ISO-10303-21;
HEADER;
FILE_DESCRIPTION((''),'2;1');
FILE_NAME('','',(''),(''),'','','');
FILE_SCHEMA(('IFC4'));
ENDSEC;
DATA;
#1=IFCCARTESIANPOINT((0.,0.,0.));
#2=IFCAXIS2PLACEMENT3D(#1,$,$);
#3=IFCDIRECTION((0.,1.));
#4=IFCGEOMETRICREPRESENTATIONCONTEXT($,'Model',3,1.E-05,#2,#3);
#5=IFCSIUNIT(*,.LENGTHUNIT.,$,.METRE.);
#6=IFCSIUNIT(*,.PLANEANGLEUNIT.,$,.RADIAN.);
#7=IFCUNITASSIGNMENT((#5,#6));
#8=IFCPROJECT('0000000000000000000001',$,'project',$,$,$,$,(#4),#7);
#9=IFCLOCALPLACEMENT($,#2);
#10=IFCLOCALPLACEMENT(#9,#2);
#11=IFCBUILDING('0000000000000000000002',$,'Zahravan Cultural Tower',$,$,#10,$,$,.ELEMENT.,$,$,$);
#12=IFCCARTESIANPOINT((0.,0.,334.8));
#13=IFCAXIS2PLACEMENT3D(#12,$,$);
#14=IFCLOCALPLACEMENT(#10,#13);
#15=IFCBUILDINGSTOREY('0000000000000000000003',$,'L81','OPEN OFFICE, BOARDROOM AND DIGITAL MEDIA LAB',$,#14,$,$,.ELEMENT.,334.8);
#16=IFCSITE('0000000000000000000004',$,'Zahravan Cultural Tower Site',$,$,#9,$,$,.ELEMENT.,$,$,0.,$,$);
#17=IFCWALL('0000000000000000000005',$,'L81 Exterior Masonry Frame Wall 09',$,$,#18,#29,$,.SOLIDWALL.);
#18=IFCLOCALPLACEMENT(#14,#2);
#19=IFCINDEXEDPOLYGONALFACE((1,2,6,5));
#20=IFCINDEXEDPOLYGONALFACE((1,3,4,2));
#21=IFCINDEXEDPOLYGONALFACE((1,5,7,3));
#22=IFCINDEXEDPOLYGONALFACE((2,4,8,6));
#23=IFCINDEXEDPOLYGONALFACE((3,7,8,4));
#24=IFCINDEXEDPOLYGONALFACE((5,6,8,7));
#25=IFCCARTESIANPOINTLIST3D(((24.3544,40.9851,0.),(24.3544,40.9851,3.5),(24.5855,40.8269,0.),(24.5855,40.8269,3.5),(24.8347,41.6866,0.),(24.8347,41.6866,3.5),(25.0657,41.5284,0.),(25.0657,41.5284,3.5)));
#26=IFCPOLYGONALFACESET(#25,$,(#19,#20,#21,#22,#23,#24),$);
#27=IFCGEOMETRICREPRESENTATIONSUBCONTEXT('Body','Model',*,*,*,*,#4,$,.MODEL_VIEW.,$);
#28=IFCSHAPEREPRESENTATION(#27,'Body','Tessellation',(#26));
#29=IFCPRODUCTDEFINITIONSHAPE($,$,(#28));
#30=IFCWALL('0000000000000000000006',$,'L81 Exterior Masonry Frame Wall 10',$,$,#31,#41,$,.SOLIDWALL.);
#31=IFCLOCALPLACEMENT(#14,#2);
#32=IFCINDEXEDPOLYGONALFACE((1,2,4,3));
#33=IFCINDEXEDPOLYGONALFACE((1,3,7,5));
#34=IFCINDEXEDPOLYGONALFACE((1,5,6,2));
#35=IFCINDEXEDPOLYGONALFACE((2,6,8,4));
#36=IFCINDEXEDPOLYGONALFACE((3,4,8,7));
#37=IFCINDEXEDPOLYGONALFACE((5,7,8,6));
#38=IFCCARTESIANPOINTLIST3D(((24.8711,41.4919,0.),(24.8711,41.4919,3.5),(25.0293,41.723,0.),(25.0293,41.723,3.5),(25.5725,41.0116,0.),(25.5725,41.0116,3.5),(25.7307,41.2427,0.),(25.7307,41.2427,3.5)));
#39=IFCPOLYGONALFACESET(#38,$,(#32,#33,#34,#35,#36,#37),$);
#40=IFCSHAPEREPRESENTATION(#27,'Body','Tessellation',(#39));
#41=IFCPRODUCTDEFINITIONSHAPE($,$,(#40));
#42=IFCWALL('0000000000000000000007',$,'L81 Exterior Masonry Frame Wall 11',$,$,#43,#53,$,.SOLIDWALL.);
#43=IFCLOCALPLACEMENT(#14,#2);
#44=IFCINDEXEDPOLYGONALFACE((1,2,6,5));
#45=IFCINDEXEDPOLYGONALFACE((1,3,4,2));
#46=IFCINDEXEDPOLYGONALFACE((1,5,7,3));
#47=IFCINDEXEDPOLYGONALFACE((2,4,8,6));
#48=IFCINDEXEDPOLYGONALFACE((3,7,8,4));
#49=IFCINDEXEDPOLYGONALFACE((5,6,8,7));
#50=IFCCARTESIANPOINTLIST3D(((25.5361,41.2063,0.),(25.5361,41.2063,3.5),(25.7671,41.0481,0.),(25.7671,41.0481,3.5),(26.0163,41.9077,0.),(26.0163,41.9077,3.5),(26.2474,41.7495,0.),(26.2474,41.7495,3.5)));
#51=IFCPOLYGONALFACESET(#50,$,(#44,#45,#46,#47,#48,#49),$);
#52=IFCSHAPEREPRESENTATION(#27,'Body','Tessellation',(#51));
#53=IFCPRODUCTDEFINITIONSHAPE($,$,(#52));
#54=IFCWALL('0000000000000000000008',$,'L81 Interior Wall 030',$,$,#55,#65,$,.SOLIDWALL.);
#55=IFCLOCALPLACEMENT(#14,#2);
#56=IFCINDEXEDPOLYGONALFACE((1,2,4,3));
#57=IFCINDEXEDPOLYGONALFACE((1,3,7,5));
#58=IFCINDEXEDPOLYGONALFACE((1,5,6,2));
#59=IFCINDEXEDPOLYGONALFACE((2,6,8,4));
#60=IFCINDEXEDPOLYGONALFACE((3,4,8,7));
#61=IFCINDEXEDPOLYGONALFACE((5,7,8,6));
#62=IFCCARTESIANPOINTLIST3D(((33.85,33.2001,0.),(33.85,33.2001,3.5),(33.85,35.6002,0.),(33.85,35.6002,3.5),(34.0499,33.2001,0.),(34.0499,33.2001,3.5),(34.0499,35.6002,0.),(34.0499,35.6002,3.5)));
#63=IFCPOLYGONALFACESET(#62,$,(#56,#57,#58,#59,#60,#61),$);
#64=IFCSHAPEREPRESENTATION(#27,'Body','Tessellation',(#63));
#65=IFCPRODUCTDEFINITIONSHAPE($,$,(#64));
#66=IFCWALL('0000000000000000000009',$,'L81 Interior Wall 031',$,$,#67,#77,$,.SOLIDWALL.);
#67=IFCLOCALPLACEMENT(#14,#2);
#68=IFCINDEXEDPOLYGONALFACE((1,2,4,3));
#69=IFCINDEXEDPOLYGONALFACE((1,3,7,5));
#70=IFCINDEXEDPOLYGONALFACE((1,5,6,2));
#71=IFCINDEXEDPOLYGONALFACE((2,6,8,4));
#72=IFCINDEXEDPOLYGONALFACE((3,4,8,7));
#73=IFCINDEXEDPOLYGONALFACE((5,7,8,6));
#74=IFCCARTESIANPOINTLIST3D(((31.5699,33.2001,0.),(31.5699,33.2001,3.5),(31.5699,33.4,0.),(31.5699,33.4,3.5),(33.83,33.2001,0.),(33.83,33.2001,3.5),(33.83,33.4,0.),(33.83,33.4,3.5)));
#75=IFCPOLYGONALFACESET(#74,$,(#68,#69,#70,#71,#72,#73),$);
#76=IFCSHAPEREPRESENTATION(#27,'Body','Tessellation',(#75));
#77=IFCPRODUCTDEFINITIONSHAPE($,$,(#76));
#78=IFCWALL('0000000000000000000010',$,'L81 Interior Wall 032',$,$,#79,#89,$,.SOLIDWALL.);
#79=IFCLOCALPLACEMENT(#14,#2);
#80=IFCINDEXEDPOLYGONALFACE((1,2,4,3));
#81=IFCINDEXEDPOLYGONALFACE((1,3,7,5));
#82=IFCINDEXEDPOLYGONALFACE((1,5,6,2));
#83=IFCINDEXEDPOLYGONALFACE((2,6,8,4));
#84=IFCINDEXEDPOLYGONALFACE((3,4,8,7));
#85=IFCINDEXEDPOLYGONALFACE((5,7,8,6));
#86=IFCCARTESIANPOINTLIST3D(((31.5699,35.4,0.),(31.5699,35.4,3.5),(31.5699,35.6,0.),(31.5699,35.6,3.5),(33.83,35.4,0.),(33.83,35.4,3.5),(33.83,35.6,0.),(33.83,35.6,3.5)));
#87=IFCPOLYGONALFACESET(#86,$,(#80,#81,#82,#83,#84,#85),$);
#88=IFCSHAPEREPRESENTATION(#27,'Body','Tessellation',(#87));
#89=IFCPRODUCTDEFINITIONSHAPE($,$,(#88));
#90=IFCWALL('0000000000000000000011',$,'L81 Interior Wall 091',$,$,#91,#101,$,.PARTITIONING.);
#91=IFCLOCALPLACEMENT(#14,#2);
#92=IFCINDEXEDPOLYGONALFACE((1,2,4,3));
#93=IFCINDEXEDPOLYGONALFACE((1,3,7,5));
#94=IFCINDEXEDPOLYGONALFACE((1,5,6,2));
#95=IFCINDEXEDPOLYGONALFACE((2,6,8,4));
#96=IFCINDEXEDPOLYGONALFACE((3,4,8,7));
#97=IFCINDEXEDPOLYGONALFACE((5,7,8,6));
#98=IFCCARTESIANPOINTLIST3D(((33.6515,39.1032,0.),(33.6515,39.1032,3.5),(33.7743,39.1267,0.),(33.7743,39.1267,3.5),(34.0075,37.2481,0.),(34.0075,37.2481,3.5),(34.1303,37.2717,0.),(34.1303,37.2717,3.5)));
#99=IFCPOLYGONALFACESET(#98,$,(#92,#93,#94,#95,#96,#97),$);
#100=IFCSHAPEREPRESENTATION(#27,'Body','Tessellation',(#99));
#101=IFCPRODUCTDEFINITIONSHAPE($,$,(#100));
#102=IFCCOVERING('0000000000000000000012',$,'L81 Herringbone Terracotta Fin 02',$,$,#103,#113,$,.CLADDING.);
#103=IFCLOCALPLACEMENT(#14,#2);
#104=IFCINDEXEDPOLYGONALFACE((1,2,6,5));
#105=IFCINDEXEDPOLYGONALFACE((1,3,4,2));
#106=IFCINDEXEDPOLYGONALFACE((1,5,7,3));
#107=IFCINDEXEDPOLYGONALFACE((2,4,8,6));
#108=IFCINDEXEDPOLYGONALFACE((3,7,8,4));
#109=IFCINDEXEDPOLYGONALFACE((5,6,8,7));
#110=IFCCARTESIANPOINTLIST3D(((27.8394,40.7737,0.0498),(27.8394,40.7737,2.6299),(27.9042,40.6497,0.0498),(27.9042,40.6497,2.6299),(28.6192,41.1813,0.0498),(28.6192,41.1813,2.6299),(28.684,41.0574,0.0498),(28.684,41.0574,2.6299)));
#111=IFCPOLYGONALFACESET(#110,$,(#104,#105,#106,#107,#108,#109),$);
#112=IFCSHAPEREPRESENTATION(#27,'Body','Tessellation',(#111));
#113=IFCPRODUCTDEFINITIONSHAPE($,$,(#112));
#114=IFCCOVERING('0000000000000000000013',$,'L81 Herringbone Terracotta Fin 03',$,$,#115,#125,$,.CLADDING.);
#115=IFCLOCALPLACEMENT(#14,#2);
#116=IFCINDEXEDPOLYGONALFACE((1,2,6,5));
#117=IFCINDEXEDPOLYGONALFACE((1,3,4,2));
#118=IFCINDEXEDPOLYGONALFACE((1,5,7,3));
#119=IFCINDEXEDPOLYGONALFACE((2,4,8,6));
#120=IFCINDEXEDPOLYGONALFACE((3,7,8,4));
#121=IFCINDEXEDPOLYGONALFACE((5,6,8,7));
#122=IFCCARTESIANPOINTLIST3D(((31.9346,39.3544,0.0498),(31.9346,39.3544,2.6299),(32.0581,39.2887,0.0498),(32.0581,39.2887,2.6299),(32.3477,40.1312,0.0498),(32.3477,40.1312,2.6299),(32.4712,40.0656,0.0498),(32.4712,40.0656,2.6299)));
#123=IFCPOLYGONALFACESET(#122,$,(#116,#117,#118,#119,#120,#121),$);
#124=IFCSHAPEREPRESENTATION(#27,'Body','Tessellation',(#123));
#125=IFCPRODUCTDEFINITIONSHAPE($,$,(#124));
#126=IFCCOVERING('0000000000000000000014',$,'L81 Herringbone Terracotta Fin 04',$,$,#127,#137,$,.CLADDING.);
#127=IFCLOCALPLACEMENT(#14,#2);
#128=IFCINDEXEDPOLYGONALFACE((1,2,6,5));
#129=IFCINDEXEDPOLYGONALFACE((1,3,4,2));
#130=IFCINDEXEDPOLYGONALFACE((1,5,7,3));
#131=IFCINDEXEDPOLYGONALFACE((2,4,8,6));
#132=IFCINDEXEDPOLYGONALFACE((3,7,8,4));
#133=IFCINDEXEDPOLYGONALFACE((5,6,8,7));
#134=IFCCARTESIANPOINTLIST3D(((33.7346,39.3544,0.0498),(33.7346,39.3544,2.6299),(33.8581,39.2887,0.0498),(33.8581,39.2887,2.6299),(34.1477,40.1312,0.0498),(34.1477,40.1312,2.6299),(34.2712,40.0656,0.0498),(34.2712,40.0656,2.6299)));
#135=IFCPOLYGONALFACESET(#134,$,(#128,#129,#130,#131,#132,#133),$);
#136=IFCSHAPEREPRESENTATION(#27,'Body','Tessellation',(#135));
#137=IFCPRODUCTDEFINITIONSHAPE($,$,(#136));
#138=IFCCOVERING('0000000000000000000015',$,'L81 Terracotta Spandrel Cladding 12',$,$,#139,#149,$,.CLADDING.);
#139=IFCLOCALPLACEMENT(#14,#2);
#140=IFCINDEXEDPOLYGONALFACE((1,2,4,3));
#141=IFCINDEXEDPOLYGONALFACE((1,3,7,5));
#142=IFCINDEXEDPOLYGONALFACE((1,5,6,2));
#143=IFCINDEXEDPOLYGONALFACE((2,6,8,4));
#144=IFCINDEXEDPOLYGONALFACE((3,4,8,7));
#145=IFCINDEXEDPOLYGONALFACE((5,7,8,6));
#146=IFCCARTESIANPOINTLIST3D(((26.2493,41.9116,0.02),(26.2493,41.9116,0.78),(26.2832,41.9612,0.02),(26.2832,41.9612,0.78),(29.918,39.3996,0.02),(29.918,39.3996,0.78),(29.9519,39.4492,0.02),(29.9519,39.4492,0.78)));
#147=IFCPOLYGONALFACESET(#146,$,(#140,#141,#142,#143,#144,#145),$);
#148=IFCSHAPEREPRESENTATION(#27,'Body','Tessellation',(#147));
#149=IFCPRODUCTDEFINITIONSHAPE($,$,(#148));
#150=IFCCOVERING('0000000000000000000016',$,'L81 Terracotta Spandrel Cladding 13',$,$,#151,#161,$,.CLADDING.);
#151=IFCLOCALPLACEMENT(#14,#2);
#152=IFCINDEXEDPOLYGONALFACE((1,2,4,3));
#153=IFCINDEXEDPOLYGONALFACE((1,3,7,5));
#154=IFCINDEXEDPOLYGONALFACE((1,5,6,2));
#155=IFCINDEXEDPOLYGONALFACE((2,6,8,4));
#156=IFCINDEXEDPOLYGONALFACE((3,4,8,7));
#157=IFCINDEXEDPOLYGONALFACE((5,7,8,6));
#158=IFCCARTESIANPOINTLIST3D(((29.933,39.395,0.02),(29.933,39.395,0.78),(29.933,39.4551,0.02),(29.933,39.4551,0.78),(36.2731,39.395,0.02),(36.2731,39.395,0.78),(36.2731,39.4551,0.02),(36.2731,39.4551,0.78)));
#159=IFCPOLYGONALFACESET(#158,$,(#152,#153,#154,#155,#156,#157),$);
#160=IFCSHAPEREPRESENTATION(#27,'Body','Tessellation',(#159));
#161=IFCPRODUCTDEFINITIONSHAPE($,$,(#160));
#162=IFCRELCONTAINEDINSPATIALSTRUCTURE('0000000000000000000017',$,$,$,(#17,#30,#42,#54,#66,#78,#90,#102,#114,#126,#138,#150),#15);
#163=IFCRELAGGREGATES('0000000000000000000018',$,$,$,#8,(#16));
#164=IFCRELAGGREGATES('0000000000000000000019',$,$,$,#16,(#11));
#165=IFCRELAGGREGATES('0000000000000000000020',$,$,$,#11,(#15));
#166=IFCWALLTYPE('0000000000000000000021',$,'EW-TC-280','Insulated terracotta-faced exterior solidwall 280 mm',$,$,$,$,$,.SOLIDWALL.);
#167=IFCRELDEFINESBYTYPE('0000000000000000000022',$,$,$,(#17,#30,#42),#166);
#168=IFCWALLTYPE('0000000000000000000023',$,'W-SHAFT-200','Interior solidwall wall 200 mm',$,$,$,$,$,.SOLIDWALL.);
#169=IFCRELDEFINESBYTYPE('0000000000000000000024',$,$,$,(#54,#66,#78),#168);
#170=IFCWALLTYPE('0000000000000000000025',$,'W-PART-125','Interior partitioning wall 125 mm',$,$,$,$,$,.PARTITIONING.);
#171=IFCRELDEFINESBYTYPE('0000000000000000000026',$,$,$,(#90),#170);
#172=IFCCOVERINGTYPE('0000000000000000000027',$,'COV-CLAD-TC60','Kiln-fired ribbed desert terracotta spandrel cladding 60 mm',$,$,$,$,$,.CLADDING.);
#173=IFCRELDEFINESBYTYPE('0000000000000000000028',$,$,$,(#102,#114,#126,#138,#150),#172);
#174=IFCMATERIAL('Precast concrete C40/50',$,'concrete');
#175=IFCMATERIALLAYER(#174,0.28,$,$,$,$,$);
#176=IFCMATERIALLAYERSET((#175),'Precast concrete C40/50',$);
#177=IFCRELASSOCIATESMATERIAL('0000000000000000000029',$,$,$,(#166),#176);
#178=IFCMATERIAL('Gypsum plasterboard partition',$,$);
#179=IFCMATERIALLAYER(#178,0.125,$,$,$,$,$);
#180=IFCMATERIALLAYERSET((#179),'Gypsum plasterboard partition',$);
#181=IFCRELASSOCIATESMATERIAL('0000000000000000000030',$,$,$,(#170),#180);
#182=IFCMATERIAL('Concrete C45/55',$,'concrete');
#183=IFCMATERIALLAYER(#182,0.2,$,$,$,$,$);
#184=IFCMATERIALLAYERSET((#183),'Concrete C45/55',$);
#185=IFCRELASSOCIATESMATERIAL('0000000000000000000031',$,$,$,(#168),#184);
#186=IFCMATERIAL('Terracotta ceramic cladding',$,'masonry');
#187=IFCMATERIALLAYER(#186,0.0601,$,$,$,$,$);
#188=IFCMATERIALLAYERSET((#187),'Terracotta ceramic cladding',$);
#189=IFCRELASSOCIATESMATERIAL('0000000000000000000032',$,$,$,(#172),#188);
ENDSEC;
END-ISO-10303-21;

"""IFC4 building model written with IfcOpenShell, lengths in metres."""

from ifc_helpers import new_model, si_unit, direction, frame, frame_2d, origin, origin_2d, place, context, subcontext, project, spatial, rectangle, extrude, source, transform, mapped, material, layer, layer_set, type_object, element, save


model = new_model("IFC4")

# Units and contexts
model_context = context("Model", 3, precision=1e-05, world=origin(), true_north=direction((0.0, 1.0)))
body_context = subcontext(model_context, "Body", "Model", "MODEL_VIEW")
ifc_project = project(units=[si_unit("LENGTHUNIT", "METRE"), si_unit("PLANEANGLEUNIT", "RADIAN")], contexts=[model_context])

# Site, building, storey
site_placement = place(None, origin())
site = spatial("IfcSite", under=ifc_project, at=site_placement, Name="Zahravan Cultural Tower Site", CompositionType="ELEMENT", RefElevation=0.0)
building_placement = place(site_placement, origin())
building = spatial("IfcBuilding", under=site, at=building_placement, Name="Zahravan Cultural Tower", CompositionType="ELEMENT")
storey_placement = place(building_placement, frame((0.0, 0.0, 334.8)))
storey = spatial("IfcBuildingStorey", under=building, at=storey_placement, Name="L81", Description="OPEN OFFICE, BOARDROOM AND DIGITAL MEDIA LAB", CompositionType="ELEMENT", Elevation=334.8)

# Shared definitions
ifc_material_1 = material(Name="Precast concrete C40/50", Category="concrete")
ifc_layer_1 = layer(ifc_material_1, 0.28)
ifc_layer_set_1 = layer_set([ifc_layer_1], Name="Precast concrete C40/50")
wall_type_1 = type_object("IfcWallType", Name="EW-TC-280", Description="Insulated terracotta-faced exterior solidwall 280 mm", PredefinedType="SOLIDWALL", material=ifc_layer_set_1)

# Shared definitions
ifc_material_2 = material(Name="Gypsum plasterboard partition")
ifc_layer_2 = layer(ifc_material_2, 0.125)
ifc_layer_set_2 = layer_set([ifc_layer_2], Name="Gypsum plasterboard partition")
wall_type_2 = type_object("IfcWallType", Name="W-PART-125", Description="Interior partitioning wall 125 mm", PredefinedType="PARTITIONING", material=ifc_layer_set_2)
ifc_material_3 = material(Name="Concrete C45/55", Category="concrete")
ifc_layer_3 = layer(ifc_material_3, 0.2)
ifc_layer_set_3 = layer_set([ifc_layer_3], Name="Concrete C45/55")
wall_type_3 = type_object("IfcWallType", Name="W-SHAFT-200", Description="Interior solidwall wall 200 mm", PredefinedType="SOLIDWALL", material=ifc_layer_set_3)

# Walls
shared_shape_1 = source(origin(), body_context, "Body", "SweptSolid", [
    extrude(rectangle(XDim=0.8501, YDim=0.28, at=frame_2d((0.425, 0.0))), origin(), (0.0, 0.0, 1.0), 3.5),
])
for number, where, z_axis, x_axis, name in (
    (1, (24.47, 40.906, 0.0), (0.0, 0.0, 1.0), (0.564931, 0.825138, 0.0), "L81 Exterior Masonry Frame Wall 09"),
    (2, (24.9502, 41.6074, 0.0), (0.0, 0.0, 1.0), (0.825138, -0.564931, 0.0), "L81 Exterior Masonry Frame Wall 10"),
    (3, (25.6516, 41.1272, 0.0), (0.0, 0.0, 1.0), (0.564931, 0.825138, 0.0), "L81 Exterior Masonry Frame Wall 11"),
):
    element("IfcWall", number, at=place(storey_placement, frame(where, z_axis=z_axis, x_axis=x_axis)), inside=storey, type_object=wall_type_1, Name=name, PredefinedType="SOLIDWALL", context=body_context, shape_type="MappedRepresentation", body=[
        mapped(shared_shape_1, transform((0.0, 0.0, 0.0), x_axis=(1.0, 0.0, 0.0), y_axis=(0.0, 1.0, 0.0), z_axis=(0.0, 0.0, 1.0), scale=1.0)),
    ])
shared_shape_2 = source(origin(), body_context, "Body", "SweptSolid", [
    extrude(rectangle(XDim=2.4001, YDim=0.2, at=frame_2d((1.2002, 0.0))), origin(), (0.0, 0.0, 1.0), 3.5),
])
wall_1_placement = place(storey_placement, frame((33.95, 33.2, 0.0), z_axis=(0.0, 0.0, 1.0), x_axis=(0.0, 1.0, 0.0)))
element("IfcWall", 4, at=wall_1_placement, inside=storey, type_object=wall_type_3, Name="L81 Interior Wall 030", PredefinedType="SOLIDWALL", context=body_context, shape_type="MappedRepresentation", body=[
    mapped(shared_shape_2, transform((0.0, 0.0, 0.0), x_axis=(1.0, 0.0, 0.0), y_axis=(0.0, 1.0, 0.0), z_axis=(0.0, 0.0, 1.0), scale=1.0)),
])
shared_shape_3 = source(origin(), body_context, "Body", "SweptSolid", [
    extrude(rectangle(XDim=2.26, YDim=0.2, at=frame_2d((1.1299, 0.0))), origin(), (0.0, 0.0, 1.0), 3.5),
])
for number, where, z_axis, x_axis, name in (
    (5, (31.5701, 33.3, 0.0), (0.0, 0.0, 1.0), (1.0, 0.0, 0.0), "L81 Interior Wall 031"),
    (6, (31.5701, 35.5, 0.0), (0.0, 0.0, 1.0), (1.0, 0.0, 0.0), "L81 Interior Wall 032"),
):
    element("IfcWall", number, at=place(storey_placement, frame(where, z_axis=z_axis, x_axis=x_axis)), inside=storey, type_object=wall_type_3, Name=name, PredefinedType="SOLIDWALL", context=body_context, shape_type="MappedRepresentation", body=[
        mapped(shared_shape_3, transform((0.0, 0.0, 0.0), x_axis=(1.0, 0.0, 0.0), y_axis=(0.0, 1.0, 0.0), z_axis=(0.0, 0.0, 1.0), scale=1.0)),
    ])
shared_shape_4 = source(origin(), body_context, "Body", "SweptSolid", [
    extrude(rectangle(XDim=1.8889, YDim=0.125, at=frame_2d((0.9443, 0.0))), origin(), (0.0, 0.0, 1.0), 3.5),
])
wall_2_placement = place(storey_placement, frame((34.0688, 37.26, 0.0), z_axis=(0.0, 0.0, 1.0), x_axis=(-0.188454, 0.982082, 0.0)))
element("IfcWall", 7, at=wall_2_placement, inside=storey, type_object=wall_type_2, Name="L81 Interior Wall 091", PredefinedType="PARTITIONING", context=body_context, shape_type="MappedRepresentation", body=[
    mapped(shared_shape_4, transform((0.0, 0.0, 0.0), x_axis=(1.0, 0.0, 0.0), y_axis=(0.0, 1.0, 0.0), z_axis=(0.0, 0.0, 1.0), scale=1.0)),
])

# Coverings
ifc_material_4 = material(Name="Terracotta ceramic cladding", Category="masonry")
ifc_layer_4 = layer(ifc_material_4, 0.0601)
ifc_layer_set_4 = layer_set([ifc_layer_4], Name="Terracotta ceramic cladding")
covering_type = type_object("IfcCoveringType", Name="COV-CLAD-TC60", Description="Kiln-fired ribbed desert terracotta spandrel cladding 60 mm", PredefinedType="CLADDING", material=ifc_layer_set_4)
shared_shape_5 = source(origin(), body_context, "Body", "SweptSolid", [
    extrude(rectangle(XDim=0.8799, YDim=0.1399, at=origin_2d()), origin(), (0.0, 0.0, 1.0), 2.5801),
])
for number, where, z_axis, x_axis, name in (
    (8, (28.2617, 40.9155, 0.0498), (0.0, 0.0, 1.0), (0.886204, 0.463296, 0.0), "L81 Herringbone Terracotta Fin 02"),
    (9, (32.2029, 39.71, 0.0498), (0.0, 0.0, 1.0), (0.469472, 0.882948, 0.0), "L81 Herringbone Terracotta Fin 03"),
    (10, (34.0029, 39.71, 0.0498), (0.0, 0.0, 1.0), (0.469472, 0.882948, 0.0), "L81 Herringbone Terracotta Fin 04"),
):
    element("IfcCovering", number, at=place(storey_placement, frame(where, z_axis=z_axis, x_axis=x_axis)), inside=storey, type_object=covering_type, Name=name, PredefinedType="CLADDING", context=body_context, shape_type="MappedRepresentation", body=[
        mapped(shared_shape_5, transform((0.0, 0.0, 0.0), x_axis=(1.0, 0.0, 0.0), y_axis=(0.0, 1.0, 0.0), z_axis=(0.0, 0.0, 1.0), scale=1.0)),
    ])
shared_shape_6 = source(origin(), body_context, "Body", "SweptSolid", [
    extrude(rectangle(XDim=4.4463, YDim=0.0601, at=origin_2d()), origin(), (0.0, 0.0, 1.0), 0.76),
])
covering_1_placement = place(storey_placement, frame((28.1006, 40.6804, 0.02), z_axis=(0.0, 0.0, 1.0), x_axis=(0.825113, -0.564967, 0.0)))
element("IfcCovering", 11, at=covering_1_placement, inside=storey, type_object=covering_type, Name="L81 Terracotta Spandrel Cladding 12", PredefinedType="CLADDING", context=body_context, shape_type="MappedRepresentation", body=[
    mapped(shared_shape_6, transform((0.0, 0.0, 0.0), x_axis=(1.0, 0.0, 0.0), y_axis=(0.0, 1.0, 0.0), z_axis=(0.0, 0.0, 1.0), scale=1.0)),
])
shared_shape_7 = source(origin(), body_context, "Body", "SweptSolid", [
    extrude(rectangle(XDim=6.3401, YDim=0.0601, at=origin_2d()), origin(), (0.0, 0.0, 1.0), 0.76),
])
covering_2_placement = place(storey_placement, frame((33.103, 39.425, 0.02), z_axis=(0.0, 0.0, 1.0), x_axis=(1.0, 0.0, 0.0)))
element("IfcCovering", 12, at=covering_2_placement, inside=storey, type_object=covering_type, Name="L81 Terracotta Spandrel Cladding 13", PredefinedType="CLADDING", context=body_context, shape_type="MappedRepresentation", body=[
    mapped(shared_shape_7, transform((0.0, 0.0, 0.0), x_axis=(1.0, 0.0, 0.0), y_axis=(0.0, 1.0, 0.0), z_axis=(0.0, 0.0, 1.0), scale=1.0)),
])

save(model, "model.ifc")
